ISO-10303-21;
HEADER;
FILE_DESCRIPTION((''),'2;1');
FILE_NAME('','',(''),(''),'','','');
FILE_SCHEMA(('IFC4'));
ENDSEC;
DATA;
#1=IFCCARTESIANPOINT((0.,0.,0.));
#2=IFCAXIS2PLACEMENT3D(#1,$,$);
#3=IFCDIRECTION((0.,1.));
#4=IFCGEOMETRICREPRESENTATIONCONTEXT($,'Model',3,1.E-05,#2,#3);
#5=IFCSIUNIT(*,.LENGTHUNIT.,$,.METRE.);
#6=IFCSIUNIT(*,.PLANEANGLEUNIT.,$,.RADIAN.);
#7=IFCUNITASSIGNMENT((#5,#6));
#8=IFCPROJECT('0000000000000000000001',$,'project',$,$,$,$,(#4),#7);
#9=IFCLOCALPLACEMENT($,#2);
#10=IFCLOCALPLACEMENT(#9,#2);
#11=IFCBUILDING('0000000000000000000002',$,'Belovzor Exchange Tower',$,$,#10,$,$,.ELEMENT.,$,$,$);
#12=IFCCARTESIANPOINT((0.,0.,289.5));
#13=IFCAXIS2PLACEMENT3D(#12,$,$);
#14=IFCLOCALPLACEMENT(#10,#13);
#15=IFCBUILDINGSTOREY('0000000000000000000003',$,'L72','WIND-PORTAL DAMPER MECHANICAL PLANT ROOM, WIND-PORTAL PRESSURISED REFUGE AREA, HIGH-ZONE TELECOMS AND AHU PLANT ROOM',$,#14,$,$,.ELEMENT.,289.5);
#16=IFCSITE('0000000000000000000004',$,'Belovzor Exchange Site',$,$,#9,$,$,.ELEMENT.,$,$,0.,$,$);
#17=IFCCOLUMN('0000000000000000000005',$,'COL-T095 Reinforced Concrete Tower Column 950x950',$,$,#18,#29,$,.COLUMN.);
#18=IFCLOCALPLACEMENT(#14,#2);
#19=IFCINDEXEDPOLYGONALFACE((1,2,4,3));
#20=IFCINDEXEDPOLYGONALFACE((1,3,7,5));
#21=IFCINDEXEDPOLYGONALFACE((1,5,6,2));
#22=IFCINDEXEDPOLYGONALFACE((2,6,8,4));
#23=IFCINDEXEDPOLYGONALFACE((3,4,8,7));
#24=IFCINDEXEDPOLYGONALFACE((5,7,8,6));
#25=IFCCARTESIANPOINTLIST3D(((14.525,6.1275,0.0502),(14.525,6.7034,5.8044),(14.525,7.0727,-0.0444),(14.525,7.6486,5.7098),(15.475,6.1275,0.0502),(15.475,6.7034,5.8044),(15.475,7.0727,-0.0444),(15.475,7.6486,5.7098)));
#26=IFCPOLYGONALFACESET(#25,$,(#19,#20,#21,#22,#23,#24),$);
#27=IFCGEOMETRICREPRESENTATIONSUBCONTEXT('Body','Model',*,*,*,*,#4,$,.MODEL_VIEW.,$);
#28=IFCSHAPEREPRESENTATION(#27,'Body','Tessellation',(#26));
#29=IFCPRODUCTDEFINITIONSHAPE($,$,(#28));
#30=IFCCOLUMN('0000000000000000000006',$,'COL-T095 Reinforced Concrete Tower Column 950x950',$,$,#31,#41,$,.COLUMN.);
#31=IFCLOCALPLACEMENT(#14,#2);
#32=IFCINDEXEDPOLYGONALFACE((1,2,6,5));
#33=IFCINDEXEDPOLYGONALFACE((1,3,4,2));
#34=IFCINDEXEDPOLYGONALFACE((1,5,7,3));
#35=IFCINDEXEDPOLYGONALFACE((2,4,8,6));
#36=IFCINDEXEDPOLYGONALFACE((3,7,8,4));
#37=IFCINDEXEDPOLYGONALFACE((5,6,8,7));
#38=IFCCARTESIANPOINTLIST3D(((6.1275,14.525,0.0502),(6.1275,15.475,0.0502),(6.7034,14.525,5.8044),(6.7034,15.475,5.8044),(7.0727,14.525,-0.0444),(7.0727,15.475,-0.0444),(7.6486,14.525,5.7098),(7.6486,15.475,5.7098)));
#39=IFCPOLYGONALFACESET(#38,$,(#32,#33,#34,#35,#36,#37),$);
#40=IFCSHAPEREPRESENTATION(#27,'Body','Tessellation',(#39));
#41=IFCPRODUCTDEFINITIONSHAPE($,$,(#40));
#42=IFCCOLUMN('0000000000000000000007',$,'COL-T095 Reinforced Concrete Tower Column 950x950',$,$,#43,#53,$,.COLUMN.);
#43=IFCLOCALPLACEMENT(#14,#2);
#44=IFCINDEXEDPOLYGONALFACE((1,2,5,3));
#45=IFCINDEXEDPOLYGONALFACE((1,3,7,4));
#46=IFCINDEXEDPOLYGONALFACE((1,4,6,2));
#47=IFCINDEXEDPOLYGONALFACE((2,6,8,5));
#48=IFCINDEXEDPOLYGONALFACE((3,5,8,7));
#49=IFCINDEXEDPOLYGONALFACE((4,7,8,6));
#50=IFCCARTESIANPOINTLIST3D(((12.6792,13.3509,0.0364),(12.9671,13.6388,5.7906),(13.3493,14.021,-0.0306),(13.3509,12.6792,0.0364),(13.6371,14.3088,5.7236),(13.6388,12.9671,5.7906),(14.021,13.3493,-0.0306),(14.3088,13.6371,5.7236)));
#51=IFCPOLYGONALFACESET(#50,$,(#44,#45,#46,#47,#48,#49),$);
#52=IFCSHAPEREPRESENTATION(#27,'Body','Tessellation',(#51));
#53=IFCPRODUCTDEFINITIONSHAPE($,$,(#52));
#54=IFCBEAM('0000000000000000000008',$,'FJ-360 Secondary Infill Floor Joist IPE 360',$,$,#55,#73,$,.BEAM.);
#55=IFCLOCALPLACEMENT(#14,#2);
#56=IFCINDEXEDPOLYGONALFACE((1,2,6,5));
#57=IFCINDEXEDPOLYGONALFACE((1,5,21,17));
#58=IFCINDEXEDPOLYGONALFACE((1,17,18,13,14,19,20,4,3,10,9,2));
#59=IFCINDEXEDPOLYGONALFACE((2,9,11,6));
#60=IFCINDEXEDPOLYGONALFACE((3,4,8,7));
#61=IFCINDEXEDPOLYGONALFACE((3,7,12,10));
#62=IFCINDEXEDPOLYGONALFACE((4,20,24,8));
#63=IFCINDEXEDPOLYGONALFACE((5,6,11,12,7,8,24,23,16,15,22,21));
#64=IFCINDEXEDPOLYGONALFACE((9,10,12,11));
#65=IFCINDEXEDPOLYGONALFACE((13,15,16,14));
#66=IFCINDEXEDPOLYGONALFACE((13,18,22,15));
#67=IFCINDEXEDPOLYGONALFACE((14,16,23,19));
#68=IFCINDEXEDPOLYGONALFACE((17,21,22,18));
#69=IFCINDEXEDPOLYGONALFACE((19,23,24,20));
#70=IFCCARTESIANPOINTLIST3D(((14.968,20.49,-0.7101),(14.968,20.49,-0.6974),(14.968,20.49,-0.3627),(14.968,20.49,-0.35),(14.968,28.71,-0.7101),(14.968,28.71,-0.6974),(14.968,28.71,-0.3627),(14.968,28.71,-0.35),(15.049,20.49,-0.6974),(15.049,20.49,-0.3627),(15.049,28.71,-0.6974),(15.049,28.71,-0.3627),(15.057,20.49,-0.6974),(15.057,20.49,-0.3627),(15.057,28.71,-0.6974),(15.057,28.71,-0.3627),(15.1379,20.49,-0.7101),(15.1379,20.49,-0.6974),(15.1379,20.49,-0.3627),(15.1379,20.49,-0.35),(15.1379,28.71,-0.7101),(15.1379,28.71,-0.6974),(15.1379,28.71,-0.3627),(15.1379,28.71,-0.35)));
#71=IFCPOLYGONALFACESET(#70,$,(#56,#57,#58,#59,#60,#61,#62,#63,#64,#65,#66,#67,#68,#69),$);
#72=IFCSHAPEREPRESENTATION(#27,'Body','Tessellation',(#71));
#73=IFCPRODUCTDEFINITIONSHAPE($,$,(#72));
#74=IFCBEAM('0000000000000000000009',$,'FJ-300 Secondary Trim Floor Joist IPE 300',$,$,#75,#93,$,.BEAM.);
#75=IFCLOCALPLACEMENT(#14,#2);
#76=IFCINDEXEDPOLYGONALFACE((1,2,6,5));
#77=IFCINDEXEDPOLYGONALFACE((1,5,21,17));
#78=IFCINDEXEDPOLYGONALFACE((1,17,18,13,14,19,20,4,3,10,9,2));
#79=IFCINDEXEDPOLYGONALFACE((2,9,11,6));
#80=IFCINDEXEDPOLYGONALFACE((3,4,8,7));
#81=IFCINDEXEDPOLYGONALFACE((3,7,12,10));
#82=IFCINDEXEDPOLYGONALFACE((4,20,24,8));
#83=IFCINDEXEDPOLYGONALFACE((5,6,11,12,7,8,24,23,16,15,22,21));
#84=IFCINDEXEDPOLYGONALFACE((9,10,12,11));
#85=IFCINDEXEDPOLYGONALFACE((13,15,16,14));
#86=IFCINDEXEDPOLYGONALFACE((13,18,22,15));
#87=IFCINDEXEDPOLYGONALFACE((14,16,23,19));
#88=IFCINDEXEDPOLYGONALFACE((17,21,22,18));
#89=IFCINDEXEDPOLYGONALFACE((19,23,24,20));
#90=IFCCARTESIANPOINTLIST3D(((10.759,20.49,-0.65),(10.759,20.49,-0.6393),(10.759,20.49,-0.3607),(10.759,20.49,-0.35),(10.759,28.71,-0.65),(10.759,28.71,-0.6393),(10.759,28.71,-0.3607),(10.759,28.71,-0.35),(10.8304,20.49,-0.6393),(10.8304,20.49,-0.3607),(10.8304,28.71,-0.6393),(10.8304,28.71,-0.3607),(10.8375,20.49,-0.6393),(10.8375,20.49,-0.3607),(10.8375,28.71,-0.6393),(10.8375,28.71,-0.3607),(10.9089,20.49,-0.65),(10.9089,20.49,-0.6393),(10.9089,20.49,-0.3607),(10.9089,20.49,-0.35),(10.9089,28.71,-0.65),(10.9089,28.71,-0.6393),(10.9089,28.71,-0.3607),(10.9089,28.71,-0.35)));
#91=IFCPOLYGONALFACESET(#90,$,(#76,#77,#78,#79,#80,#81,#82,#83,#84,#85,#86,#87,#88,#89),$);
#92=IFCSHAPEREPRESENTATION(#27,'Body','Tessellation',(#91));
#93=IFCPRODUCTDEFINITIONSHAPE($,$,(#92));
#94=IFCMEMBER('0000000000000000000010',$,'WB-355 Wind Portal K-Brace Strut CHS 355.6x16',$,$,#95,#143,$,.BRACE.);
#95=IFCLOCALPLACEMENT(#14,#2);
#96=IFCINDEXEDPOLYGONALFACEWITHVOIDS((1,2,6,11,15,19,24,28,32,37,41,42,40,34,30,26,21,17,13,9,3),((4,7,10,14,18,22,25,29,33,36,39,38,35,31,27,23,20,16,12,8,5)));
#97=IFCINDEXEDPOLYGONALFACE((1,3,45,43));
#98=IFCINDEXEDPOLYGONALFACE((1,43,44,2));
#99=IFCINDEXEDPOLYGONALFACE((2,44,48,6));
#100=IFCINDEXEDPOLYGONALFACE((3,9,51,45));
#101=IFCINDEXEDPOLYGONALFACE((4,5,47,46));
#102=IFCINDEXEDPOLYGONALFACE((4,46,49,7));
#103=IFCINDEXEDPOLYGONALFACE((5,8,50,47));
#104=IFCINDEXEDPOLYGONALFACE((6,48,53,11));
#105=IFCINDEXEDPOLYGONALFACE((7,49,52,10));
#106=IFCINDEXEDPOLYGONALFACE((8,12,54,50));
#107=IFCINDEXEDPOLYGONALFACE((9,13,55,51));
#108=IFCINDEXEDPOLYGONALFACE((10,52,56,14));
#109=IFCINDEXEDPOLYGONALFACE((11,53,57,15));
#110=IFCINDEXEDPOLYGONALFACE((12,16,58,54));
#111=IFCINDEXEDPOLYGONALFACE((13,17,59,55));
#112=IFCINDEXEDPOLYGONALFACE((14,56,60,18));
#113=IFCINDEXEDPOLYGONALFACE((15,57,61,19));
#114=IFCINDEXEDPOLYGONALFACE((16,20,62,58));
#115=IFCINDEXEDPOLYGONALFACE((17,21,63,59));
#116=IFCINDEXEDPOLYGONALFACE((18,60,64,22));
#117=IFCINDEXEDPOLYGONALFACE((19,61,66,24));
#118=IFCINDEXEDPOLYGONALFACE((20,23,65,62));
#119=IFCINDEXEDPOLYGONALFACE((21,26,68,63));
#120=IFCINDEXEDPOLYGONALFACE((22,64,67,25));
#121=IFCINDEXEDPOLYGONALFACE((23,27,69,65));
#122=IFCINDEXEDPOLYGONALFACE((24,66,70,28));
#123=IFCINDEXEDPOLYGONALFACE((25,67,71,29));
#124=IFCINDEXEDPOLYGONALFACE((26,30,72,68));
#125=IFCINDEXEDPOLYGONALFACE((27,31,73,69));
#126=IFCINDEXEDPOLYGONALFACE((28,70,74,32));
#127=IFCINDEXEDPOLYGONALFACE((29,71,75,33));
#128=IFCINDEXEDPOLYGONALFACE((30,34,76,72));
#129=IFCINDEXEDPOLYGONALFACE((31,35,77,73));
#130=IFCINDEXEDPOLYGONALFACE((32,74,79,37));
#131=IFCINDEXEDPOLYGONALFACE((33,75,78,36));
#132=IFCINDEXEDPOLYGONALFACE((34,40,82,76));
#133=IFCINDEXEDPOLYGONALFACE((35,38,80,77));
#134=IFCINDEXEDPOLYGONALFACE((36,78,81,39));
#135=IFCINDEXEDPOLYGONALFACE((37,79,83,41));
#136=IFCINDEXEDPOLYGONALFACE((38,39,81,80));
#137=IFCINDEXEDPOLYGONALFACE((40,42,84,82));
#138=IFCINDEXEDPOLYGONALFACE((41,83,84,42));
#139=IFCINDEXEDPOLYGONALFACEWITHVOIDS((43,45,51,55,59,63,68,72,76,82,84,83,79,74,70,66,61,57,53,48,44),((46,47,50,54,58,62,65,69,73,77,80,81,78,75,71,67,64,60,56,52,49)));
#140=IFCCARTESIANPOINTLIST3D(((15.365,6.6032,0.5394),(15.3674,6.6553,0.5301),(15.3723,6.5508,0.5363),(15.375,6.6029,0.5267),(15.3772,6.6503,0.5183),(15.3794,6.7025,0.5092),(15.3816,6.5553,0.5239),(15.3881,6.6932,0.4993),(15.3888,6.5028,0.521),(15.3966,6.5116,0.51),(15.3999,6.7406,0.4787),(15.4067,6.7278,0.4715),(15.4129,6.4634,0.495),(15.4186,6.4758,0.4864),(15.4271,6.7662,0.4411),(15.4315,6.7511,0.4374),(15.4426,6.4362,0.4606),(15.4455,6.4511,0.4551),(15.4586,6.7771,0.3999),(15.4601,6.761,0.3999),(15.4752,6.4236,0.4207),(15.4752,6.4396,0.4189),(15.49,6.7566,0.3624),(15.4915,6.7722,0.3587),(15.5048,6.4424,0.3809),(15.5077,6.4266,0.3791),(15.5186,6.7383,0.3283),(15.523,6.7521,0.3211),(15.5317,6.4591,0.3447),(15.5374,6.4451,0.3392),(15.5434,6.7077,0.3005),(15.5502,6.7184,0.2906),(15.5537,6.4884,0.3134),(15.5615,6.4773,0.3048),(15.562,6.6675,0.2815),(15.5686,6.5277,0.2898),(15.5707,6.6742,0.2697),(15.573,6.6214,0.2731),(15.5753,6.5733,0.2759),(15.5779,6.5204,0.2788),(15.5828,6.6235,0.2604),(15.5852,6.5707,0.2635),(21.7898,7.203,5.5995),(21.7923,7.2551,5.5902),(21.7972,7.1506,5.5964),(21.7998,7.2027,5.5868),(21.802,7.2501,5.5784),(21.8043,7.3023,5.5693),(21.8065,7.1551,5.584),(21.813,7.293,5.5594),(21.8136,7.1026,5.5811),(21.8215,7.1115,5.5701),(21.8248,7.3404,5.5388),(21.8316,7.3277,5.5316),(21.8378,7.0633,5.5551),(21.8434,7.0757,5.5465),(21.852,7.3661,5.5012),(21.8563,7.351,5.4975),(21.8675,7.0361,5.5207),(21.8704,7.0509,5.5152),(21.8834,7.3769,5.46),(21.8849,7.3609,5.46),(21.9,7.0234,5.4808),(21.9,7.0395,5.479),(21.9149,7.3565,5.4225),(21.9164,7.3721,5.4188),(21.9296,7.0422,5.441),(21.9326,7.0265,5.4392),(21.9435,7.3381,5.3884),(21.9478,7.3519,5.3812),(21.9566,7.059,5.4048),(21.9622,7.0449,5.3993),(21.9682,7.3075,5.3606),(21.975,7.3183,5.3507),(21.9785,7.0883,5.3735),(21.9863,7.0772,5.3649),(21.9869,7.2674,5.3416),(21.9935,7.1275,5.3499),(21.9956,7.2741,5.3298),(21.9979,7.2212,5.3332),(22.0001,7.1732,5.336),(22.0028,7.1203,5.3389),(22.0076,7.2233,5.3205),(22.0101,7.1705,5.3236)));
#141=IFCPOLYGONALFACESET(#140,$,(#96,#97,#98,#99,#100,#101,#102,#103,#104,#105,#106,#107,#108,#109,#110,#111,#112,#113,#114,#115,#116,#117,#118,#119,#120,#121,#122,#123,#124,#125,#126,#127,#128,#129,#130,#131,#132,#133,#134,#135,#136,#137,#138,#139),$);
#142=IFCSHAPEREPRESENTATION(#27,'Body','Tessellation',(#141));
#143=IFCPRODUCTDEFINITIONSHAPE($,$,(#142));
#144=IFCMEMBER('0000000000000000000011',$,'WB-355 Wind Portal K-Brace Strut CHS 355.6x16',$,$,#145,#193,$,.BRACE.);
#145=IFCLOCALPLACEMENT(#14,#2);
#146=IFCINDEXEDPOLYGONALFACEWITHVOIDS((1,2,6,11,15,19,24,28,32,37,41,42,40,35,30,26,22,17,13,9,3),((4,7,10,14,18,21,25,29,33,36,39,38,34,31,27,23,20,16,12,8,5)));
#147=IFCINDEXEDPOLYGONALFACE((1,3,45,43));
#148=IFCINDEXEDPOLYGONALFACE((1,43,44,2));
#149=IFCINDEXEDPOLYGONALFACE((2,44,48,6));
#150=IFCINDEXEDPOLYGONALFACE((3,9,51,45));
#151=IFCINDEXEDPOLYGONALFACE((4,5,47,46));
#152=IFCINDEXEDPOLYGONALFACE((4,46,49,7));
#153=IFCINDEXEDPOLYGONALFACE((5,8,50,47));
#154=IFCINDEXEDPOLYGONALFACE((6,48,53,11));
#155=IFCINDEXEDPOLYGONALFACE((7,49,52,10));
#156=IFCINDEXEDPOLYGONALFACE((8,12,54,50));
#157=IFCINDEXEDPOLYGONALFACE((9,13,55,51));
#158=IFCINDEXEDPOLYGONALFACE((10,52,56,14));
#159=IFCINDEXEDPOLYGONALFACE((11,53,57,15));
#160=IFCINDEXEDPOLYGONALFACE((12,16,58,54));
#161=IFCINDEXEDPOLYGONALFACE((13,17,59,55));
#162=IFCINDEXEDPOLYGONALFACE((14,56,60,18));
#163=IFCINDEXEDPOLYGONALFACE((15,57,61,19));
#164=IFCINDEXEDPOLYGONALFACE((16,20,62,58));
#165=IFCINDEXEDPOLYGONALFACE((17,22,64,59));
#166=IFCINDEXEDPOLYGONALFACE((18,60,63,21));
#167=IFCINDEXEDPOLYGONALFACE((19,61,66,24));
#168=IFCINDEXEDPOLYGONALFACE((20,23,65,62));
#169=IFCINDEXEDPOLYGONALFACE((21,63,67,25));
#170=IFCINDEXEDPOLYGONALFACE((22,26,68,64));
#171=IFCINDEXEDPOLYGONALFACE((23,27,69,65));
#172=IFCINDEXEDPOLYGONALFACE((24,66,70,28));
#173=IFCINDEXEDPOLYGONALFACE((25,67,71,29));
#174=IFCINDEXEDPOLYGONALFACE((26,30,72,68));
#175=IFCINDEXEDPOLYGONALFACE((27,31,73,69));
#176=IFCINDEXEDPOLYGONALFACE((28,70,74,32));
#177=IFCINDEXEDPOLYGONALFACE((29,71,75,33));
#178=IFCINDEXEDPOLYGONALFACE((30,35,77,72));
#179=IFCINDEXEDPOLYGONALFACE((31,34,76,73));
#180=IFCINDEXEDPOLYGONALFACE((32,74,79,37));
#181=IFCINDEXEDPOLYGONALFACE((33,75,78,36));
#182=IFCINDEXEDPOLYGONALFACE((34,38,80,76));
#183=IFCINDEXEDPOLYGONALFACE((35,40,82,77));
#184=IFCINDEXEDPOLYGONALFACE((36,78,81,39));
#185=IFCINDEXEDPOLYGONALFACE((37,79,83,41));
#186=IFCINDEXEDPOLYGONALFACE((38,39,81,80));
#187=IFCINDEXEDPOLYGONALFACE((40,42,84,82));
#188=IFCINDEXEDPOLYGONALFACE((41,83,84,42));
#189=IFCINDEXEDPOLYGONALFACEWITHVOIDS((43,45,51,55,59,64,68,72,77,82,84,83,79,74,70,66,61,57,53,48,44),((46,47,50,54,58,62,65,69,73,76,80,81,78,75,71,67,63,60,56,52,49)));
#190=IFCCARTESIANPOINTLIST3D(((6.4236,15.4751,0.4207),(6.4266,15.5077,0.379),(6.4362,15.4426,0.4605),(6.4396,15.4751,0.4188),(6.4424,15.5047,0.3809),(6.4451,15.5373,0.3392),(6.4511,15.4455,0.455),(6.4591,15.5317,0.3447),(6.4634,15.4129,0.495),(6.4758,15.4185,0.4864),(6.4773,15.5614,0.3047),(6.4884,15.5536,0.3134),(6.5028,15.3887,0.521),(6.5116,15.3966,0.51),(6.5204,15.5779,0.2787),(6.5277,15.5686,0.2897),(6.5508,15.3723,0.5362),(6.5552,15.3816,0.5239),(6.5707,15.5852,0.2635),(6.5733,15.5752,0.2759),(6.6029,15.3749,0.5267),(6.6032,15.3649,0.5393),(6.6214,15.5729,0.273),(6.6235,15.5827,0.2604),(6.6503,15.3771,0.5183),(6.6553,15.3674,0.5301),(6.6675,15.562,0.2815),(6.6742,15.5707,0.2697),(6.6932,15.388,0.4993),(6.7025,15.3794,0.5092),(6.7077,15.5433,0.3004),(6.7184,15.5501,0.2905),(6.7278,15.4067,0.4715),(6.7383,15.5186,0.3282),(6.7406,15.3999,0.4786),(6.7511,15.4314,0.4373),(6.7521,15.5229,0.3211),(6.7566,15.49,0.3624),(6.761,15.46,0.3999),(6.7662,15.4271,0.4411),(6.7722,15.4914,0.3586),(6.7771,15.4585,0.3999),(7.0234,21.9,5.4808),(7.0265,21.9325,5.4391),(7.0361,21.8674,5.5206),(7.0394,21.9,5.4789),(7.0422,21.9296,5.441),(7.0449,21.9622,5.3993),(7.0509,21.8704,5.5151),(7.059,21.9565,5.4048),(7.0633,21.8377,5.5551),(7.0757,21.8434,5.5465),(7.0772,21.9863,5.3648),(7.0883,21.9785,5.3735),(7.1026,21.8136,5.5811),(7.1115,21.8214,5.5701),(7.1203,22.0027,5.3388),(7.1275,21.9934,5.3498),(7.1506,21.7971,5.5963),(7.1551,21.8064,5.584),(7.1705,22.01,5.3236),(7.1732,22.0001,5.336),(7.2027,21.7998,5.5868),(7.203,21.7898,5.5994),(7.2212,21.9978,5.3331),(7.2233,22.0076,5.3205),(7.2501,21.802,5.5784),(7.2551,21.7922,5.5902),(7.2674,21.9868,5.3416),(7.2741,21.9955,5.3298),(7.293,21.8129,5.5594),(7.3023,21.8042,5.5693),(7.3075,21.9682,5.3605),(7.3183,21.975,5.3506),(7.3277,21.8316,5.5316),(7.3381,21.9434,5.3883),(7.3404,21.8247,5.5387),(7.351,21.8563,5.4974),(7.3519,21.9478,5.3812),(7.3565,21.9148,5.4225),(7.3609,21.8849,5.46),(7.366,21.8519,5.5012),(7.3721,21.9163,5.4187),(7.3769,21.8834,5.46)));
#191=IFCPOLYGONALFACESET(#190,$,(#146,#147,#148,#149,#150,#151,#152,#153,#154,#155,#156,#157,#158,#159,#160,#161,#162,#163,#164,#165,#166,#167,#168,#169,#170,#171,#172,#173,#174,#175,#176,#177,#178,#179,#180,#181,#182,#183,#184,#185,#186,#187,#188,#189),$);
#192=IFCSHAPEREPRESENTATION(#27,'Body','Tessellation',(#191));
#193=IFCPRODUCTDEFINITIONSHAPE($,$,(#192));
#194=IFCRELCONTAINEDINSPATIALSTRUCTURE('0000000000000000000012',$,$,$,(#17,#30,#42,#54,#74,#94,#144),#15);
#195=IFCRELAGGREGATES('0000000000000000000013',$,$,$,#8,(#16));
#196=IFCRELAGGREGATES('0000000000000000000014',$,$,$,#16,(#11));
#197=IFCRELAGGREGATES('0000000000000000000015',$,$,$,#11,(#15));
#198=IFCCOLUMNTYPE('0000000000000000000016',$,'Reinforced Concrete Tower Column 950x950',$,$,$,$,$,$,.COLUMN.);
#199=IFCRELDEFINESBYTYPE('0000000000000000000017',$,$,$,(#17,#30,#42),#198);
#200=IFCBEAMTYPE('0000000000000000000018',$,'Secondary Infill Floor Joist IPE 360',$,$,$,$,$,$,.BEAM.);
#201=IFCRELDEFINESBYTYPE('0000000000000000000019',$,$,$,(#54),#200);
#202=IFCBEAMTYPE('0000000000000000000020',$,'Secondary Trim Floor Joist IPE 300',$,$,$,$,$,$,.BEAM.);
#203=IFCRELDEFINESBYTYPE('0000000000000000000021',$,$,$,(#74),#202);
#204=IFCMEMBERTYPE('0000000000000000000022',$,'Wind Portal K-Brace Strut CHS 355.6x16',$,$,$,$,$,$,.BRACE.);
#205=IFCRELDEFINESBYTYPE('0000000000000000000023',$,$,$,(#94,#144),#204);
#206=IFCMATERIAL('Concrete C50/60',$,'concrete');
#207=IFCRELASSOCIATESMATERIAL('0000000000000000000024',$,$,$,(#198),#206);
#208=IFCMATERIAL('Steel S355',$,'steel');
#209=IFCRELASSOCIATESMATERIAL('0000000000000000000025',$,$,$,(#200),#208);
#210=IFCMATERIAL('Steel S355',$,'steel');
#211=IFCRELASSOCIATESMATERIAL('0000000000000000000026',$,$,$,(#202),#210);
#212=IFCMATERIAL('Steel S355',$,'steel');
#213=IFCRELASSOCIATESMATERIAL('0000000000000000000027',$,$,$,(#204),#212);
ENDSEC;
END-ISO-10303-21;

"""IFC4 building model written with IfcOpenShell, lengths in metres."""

from ifc_helpers import new_model, si_unit, direction, frame, origin, origin_2d, place, context, subcontext, project, spatial, rectangle, hollow_circle, i_section, extrude, material, material_profile, profile_set, type_object, element, save


model = new_model("IFC4")

# Units and contexts
model_context = context("Model", 3, precision=1e-05, world=origin(), true_north=direction((0.0, 1.0)))
body_context = subcontext(model_context, "Body", "Model", "MODEL_VIEW")
ifc_project = project(units=[si_unit("LENGTHUNIT", "METRE"), si_unit("PLANEANGLEUNIT", "RADIAN")], contexts=[model_context])

# Site, building, storey
site_placement = place(None, origin())
site = spatial("IfcSite", under=ifc_project, at=site_placement, Name="Belovzor Exchange Site", CompositionType="ELEMENT", RefElevation=0.0)
building_placement = place(site_placement, origin())
building = spatial("IfcBuilding", under=site, at=building_placement, Name="Belovzor Exchange Tower", CompositionType="ELEMENT")
storey_placement = place(building_placement, frame((0.0, 0.0, 289.5)))
storey = spatial("IfcBuildingStorey", under=building, at=storey_placement, Name="L72", Description="WIND-PORTAL DAMPER MECHANICAL PLANT ROOM, WIND-PORTAL PRESSURISED REFUGE AREA, HIGH-ZONE TELECOMS AND AHU PLANT ROOM", CompositionType="ELEMENT", Elevation=289.5)

# Columns
ifc_material_1 = material(Name="Concrete C50/60", Category="concrete")
ifc_material_profile_1 = material_profile(ifc_material_1, rectangle(XDim=0.95, YDim=0.95, at=origin_2d()))
ifc_profile_set_1 = profile_set([ifc_material_profile_1], Name="Concrete C50/60")
column_type = type_object("IfcColumnType", Name="Reinforced Concrete Tower Column 950x950", PredefinedType="COLUMN", material=ifc_profile_set_1)
for number, where, z_axis, x_axis, name in (
    (1, (15.0, 6.6001, 0.0029), (0.0, 0.099591, 0.995028), (-1.0, 0.0, 0.0), "COL-T095 Reinforced Concrete Tower Column 950x950"),
    (2, (6.6001, 15.0, 0.0029), (0.099591, 0.0, 0.995028), (0.0, 1.0, 0.0), "COL-T095 Reinforced Concrete Tower Column 950x950"),
):
    element("IfcColumn", number, at=place(storey_placement, frame(where, z_axis=z_axis, x_axis=x_axis)), inside=storey, type_object=column_type, Name=name, PredefinedType="COLUMN", context=body_context, shape_type="SweptSolid", body=[
        extrude(rectangle(XDim=0.95, YDim=0.95, at=origin_2d()), origin(), (0.0, 0.0, 1.0), 5.783),
    ])
column_placement = place(storey_placement, frame((13.3501, 13.3501, 0.0029), z_axis=(0.049899, 0.049899, 0.997507), x_axis=(-0.707107, 0.707107, 0.0)))
element("IfcColumn", 3, at=column_placement, inside=storey, type_object=column_type, Name="COL-T095 Reinforced Concrete Tower Column 950x950", PredefinedType="COLUMN", context=body_context, shape_type="SweptSolid", body=[
    extrude(rectangle(XDim=0.95, YDim=0.95, at=origin_2d()), origin(), (0.0, 0.0, 1.0), 5.7686),
])

# Beams
ifc_material_2 = material(Name="Steel S355", Category="steel")
ifc_material_profile_2 = material_profile(ifc_material_2, i_section(OverallWidth=0.1699, OverallDepth=0.3601, WebThickness=0.0081, FlangeThickness=0.0127, at=origin_2d()))
ifc_profile_set_2 = profile_set([ifc_material_profile_2], Name="Steel S355")
beam_type_1 = type_object("IfcBeamType", Name="Secondary Infill Floor Joist IPE 360", PredefinedType="BEAM", material=ifc_profile_set_2)
beam_1_placement = place(storey_placement, frame((15.053, 20.49, -0.53), z_axis=(0.0, 1.0, 0.0), x_axis=(-1.0, 0.0, 0.0)))
element("IfcBeam", 4, at=beam_1_placement, inside=storey, type_object=beam_type_1, Name="FJ-360 Secondary Infill Floor Joist IPE 360", PredefinedType="BEAM", context=body_context, shape_type="SweptSolid", body=[
    extrude(i_section(OverallWidth=0.1699, OverallDepth=0.3601, WebThickness=0.0081, FlangeThickness=0.0127, at=origin_2d()), origin(), (0.0, 0.0, 1.0), 8.22),
])
ifc_material_3 = material(Name="Steel S355", Category="steel")
ifc_material_profile_3 = material_profile(ifc_material_3, i_section(OverallWidth=0.1499, OverallDepth=0.3, WebThickness=0.0071, FlangeThickness=0.0107, at=origin_2d()))
ifc_profile_set_3 = profile_set([ifc_material_profile_3], Name="Steel S355")
beam_type_2 = type_object("IfcBeamType", Name="Secondary Trim Floor Joist IPE 300", PredefinedType="BEAM", material=ifc_profile_set_3)
beam_2_placement = place(storey_placement, frame((10.834, 20.49, -0.5), z_axis=(0.0, 1.0, 0.0), x_axis=(-1.0, 0.0, 0.0)))
element("IfcBeam", 5, at=beam_2_placement, inside=storey, type_object=beam_type_2, Name="FJ-300 Secondary Trim Floor Joist IPE 300", PredefinedType="BEAM", context=body_context, shape_type="SweptSolid", body=[
    extrude(i_section(OverallWidth=0.1499, OverallDepth=0.3, WebThickness=0.0071, FlangeThickness=0.0107, at=origin_2d()), origin(), (0.0, 0.0, 1.0), 8.22),
])

# Members
ifc_material_4 = material(Name="Steel S355", Category="steel")
ifc_material_profile_4 = material_profile(ifc_material_4, hollow_circle(Radius=0.1777, WallThickness=0.0161, at=origin_2d()))
ifc_profile_set_4 = profile_set([ifc_material_profile_4], Name="Steel S355")
member_type = type_object("IfcMemberType", Name="Wind Portal K-Brace Strut CHS 355.6x16", PredefinedType="BRACE", material=ifc_profile_set_4)
for number, where, z_axis, x_axis, name in (
    (6, (15.4751, 6.6001, 0.3999), (0.7835, 0.073152, 0.617071), (-0.092961, 0.99567, 0.0), "WB-355 Wind Portal K-Brace Strut CHS 355.6x16"),
    (7, (7.2, 21.8999, 5.46), (-0.073152, -0.7835, -0.617071), (0.99567, -0.092961, 0.0), "WB-355 Wind Portal K-Brace Strut CHS 355.6x16"),
):
    element("IfcMember", number, at=place(storey_placement, frame(where, z_axis=z_axis, x_axis=x_axis)), inside=storey, type_object=member_type, Name=name, PredefinedType="BRACE", context=body_context, shape_type="SweptSolid", body=[
        extrude(hollow_circle(Radius=0.1777, WallThickness=0.0161, at=origin_2d()), origin(), (0.0, 0.0, 1.0), 8.2002),
    ])

save(model, "model.ifc")
